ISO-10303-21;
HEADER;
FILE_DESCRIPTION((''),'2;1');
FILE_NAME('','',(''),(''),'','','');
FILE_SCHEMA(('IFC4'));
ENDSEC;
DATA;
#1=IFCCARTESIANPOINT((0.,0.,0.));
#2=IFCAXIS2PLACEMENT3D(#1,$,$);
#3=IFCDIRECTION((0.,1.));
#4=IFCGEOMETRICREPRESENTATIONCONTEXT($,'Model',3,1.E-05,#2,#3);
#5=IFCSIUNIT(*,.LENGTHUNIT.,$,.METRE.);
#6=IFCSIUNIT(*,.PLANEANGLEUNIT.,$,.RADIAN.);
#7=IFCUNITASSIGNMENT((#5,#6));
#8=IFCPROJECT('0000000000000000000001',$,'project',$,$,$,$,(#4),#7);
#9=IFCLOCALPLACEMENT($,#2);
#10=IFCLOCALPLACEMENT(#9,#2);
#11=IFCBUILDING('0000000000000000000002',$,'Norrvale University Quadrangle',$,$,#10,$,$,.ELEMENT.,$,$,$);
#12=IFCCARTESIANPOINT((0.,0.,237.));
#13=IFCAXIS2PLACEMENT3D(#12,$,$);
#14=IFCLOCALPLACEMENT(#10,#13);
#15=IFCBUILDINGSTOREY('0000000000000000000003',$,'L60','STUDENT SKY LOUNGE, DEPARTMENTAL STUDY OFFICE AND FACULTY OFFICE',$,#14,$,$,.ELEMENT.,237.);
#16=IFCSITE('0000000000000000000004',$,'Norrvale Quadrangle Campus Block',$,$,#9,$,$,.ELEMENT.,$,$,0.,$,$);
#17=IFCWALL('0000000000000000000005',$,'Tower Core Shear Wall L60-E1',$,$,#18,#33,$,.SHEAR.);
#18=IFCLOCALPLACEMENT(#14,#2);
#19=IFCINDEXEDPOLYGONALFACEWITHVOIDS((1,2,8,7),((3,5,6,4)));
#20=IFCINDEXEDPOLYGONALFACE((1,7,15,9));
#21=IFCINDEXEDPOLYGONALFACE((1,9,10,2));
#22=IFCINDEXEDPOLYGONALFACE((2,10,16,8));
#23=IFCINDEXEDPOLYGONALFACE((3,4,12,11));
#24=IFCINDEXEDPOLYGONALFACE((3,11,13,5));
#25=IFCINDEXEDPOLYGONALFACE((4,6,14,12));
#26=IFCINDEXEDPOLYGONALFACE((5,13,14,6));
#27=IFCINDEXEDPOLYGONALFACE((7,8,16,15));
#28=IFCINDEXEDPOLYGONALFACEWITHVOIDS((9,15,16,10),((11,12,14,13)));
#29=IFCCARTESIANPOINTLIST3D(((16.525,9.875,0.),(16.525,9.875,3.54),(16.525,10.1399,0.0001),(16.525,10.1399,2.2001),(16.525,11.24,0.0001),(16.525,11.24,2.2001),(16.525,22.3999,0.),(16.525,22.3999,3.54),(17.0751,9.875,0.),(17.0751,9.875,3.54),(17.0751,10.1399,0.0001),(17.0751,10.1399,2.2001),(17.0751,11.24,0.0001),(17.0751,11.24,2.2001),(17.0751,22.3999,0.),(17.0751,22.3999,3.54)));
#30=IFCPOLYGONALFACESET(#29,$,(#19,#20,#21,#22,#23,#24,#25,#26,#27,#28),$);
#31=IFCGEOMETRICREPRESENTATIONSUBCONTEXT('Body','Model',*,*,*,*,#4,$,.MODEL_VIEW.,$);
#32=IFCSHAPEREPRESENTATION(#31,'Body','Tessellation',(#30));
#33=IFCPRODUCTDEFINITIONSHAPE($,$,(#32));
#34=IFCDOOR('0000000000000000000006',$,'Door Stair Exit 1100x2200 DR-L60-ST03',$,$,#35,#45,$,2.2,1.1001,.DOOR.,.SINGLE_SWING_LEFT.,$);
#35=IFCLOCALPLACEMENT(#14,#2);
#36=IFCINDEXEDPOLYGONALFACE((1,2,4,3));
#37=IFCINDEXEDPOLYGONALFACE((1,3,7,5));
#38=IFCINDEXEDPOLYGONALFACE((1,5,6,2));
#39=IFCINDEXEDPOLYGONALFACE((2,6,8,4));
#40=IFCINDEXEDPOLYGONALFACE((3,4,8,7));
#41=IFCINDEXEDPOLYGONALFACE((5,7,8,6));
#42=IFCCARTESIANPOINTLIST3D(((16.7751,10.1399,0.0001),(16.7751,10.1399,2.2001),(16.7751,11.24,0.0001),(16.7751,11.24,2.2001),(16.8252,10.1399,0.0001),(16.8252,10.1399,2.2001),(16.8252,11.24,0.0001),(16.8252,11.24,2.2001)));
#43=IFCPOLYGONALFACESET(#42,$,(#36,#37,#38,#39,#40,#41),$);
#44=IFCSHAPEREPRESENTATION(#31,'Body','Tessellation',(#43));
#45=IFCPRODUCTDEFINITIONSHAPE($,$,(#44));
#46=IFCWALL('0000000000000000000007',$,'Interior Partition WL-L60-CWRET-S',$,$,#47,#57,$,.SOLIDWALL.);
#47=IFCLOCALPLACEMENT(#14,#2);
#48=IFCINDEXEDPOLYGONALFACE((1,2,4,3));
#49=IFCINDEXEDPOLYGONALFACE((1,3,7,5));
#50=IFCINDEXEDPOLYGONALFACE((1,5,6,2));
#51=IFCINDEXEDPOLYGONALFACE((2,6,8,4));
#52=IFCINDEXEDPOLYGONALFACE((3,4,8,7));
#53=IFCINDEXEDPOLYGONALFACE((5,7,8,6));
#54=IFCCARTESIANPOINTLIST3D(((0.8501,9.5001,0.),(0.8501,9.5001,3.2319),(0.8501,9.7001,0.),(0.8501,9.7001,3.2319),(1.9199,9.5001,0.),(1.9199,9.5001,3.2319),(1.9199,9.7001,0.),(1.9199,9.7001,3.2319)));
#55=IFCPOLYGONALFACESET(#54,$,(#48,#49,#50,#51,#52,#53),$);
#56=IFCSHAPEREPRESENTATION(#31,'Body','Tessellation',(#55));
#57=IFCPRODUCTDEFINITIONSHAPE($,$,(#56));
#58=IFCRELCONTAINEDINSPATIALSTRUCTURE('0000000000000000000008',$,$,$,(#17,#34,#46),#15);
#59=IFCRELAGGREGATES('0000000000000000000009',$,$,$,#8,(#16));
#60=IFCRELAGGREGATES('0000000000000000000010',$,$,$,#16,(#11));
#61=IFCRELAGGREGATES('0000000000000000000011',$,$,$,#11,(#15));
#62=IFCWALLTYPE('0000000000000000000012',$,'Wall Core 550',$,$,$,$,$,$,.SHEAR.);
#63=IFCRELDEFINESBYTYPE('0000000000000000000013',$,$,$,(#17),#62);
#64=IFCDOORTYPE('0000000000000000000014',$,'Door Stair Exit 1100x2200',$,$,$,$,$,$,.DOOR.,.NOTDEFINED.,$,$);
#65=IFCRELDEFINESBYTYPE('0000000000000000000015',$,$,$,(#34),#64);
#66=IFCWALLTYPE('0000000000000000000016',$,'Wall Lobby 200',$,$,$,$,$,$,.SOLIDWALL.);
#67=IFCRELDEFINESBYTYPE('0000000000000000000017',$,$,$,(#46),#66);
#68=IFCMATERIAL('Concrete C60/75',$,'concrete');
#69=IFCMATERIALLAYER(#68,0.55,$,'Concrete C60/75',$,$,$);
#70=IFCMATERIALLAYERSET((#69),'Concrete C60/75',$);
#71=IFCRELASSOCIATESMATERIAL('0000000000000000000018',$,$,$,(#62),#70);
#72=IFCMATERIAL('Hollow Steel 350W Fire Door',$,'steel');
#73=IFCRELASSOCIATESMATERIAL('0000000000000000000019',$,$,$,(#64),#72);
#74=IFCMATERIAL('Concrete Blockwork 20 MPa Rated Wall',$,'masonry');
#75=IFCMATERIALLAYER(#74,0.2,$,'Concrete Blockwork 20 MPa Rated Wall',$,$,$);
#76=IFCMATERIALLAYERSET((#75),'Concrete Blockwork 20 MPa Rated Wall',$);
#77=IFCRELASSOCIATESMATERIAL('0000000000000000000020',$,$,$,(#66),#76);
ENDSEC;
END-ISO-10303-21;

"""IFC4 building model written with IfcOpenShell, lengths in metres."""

from ifc_helpers import new_model, si_unit, direction, frame, frame_2d, origin, place, context, subcontext, project, spatial, rectangle, extrude, material, layer, layer_set, type_object, element, fill, save


model = new_model("IFC4")

# Units and contexts
model_context = context("Model", 3, precision=1e-05, world=origin(), true_north=direction((0.0, 1.0)))
body_context = subcontext(model_context, "Body", "Model", "MODEL_VIEW")
ifc_project = project(units=[si_unit("LENGTHUNIT", "METRE"), si_unit("PLANEANGLEUNIT", "RADIAN")], contexts=[model_context])

# Site, building, storey
site_placement = place(None, origin())
site = spatial("IfcSite", under=ifc_project, at=site_placement, Name="Norrvale Quadrangle Campus Block", CompositionType="ELEMENT", RefElevation=0.0)
building_placement = place(site_placement, origin())
building = spatial("IfcBuilding", under=site, at=building_placement, Name="Norrvale University Quadrangle", CompositionType="ELEMENT")
storey_placement = place(building_placement, frame((0.0, 0.0, 237.0)))
storey = spatial("IfcBuildingStorey", under=building, at=storey_placement, Name="L60", Description="STUDENT SKY LOUNGE, DEPARTMENTAL STUDY OFFICE AND FACULTY OFFICE", CompositionType="ELEMENT", Elevation=237.0)

# Shared definitions
ifc_material_1 = material(Name="Concrete C60/75", Category="concrete")

# Shared definitions
ifc_layer_1 = layer(ifc_material_1, 0.55, Name="Concrete C60/75")
ifc_layer_set_1 = layer_set([ifc_layer_1], Name="Concrete C60/75")
wall_type_1 = type_object("IfcWallType", Name="Wall Core 550", PredefinedType="SHEAR", material=ifc_layer_set_1)

# Wall, opening, door
wall_1_placement = place(storey_placement, frame((16.8, 9.875, 0.0), z_axis=(0.0, 0.0, 1.0), x_axis=(0.0, 1.0, 0.0)))
wall_1 = element("IfcWall", 1, at=wall_1_placement, inside=storey, type_object=wall_type_1, Name="Tower Core Shear Wall L60-E1", PredefinedType="SHEAR", context=body_context, shape_type="SweptSolid", body=[
    extrude(rectangle(XDim=12.5249, YDim=0.55, at=frame_2d((6.2625, 0.0))), origin(), (0.0, 0.0, 1.0), 3.54),
])
opening_1_placement = place(wall_1_placement, frame((0.2649, 0.0, 0.0)))
opening_1 = element("IfcOpeningElement", 2, at=opening_1_placement, cuts=wall_1, PredefinedType="OPENING", context=body_context, shape_type="SweptSolid", body=[
    extrude(rectangle(XDim=1.1001, YDim=2.2, at=frame_2d((0.55, 1.1001))), frame((0.0, 0.2871, 0.0), z_axis=(0.0, -1.0, 0.0), x_axis=(1.0, 0.0, 0.0)), (0.0, 0.0, 1.0), 0.574),
])
ifc_material_2 = material(Name="Hollow Steel 350W Fire Door", Category="steel")
door_type = type_object("IfcDoorType", Name="Door Stair Exit 1100x2200", OperationType="NOTDEFINED", PredefinedType="DOOR", material=ifc_material_2)
door_1_placement = place(opening_1_placement, origin())
door_1 = element("IfcDoor", 3, at=door_1_placement, inside=storey, type_object=door_type, Name="Door Stair Exit 1100x2200 DR-L60-ST03", OperationType="SINGLE_SWING_LEFT", OverallHeight=2.2, OverallWidth=1.1001, PredefinedType="DOOR", context=body_context, shape_type="SweptSolid", body=[
    extrude(rectangle(XDim=1.1001, YDim=2.2, at=frame_2d((0.55, 1.1001))), frame((0.0, 0.0249, 0.0), z_axis=(0.0, -1.0, 0.0), x_axis=(1.0, 0.0, 0.0)), (0.0, 0.0, 1.0), 0.05),
])
fill(opening_1, door_1)

# Wall
ifc_material_3 = material(Name="Concrete Blockwork 20 MPa Rated Wall", Category="masonry")
ifc_layer_2 = layer(ifc_material_3, 0.2, Name="Concrete Blockwork 20 MPa Rated Wall")
ifc_layer_set_2 = layer_set([ifc_layer_2], Name="Concrete Blockwork 20 MPa Rated Wall")
wall_type_2 = type_object("IfcWallType", Name="Wall Lobby 200", PredefinedType="SOLIDWALL", material=ifc_layer_set_2)
wall_2_placement = place(storey_placement, frame((0.8501, 9.6001, 0.0), z_axis=(0.0, 0.0, 1.0), x_axis=(1.0, 0.0, 0.0)))
element("IfcWall", 4, at=wall_2_placement, inside=storey, type_object=wall_type_2, Name="Interior Partition WL-L60-CWRET-S", PredefinedType="SOLIDWALL", context=body_context, shape_type="SweptSolid", body=[
    extrude(rectangle(XDim=1.0698, YDim=0.2, at=frame_2d((0.5349, 0.0))), origin(), (0.0, 0.0, 1.0), 3.2319),
])

save(model, "model.ifc")
